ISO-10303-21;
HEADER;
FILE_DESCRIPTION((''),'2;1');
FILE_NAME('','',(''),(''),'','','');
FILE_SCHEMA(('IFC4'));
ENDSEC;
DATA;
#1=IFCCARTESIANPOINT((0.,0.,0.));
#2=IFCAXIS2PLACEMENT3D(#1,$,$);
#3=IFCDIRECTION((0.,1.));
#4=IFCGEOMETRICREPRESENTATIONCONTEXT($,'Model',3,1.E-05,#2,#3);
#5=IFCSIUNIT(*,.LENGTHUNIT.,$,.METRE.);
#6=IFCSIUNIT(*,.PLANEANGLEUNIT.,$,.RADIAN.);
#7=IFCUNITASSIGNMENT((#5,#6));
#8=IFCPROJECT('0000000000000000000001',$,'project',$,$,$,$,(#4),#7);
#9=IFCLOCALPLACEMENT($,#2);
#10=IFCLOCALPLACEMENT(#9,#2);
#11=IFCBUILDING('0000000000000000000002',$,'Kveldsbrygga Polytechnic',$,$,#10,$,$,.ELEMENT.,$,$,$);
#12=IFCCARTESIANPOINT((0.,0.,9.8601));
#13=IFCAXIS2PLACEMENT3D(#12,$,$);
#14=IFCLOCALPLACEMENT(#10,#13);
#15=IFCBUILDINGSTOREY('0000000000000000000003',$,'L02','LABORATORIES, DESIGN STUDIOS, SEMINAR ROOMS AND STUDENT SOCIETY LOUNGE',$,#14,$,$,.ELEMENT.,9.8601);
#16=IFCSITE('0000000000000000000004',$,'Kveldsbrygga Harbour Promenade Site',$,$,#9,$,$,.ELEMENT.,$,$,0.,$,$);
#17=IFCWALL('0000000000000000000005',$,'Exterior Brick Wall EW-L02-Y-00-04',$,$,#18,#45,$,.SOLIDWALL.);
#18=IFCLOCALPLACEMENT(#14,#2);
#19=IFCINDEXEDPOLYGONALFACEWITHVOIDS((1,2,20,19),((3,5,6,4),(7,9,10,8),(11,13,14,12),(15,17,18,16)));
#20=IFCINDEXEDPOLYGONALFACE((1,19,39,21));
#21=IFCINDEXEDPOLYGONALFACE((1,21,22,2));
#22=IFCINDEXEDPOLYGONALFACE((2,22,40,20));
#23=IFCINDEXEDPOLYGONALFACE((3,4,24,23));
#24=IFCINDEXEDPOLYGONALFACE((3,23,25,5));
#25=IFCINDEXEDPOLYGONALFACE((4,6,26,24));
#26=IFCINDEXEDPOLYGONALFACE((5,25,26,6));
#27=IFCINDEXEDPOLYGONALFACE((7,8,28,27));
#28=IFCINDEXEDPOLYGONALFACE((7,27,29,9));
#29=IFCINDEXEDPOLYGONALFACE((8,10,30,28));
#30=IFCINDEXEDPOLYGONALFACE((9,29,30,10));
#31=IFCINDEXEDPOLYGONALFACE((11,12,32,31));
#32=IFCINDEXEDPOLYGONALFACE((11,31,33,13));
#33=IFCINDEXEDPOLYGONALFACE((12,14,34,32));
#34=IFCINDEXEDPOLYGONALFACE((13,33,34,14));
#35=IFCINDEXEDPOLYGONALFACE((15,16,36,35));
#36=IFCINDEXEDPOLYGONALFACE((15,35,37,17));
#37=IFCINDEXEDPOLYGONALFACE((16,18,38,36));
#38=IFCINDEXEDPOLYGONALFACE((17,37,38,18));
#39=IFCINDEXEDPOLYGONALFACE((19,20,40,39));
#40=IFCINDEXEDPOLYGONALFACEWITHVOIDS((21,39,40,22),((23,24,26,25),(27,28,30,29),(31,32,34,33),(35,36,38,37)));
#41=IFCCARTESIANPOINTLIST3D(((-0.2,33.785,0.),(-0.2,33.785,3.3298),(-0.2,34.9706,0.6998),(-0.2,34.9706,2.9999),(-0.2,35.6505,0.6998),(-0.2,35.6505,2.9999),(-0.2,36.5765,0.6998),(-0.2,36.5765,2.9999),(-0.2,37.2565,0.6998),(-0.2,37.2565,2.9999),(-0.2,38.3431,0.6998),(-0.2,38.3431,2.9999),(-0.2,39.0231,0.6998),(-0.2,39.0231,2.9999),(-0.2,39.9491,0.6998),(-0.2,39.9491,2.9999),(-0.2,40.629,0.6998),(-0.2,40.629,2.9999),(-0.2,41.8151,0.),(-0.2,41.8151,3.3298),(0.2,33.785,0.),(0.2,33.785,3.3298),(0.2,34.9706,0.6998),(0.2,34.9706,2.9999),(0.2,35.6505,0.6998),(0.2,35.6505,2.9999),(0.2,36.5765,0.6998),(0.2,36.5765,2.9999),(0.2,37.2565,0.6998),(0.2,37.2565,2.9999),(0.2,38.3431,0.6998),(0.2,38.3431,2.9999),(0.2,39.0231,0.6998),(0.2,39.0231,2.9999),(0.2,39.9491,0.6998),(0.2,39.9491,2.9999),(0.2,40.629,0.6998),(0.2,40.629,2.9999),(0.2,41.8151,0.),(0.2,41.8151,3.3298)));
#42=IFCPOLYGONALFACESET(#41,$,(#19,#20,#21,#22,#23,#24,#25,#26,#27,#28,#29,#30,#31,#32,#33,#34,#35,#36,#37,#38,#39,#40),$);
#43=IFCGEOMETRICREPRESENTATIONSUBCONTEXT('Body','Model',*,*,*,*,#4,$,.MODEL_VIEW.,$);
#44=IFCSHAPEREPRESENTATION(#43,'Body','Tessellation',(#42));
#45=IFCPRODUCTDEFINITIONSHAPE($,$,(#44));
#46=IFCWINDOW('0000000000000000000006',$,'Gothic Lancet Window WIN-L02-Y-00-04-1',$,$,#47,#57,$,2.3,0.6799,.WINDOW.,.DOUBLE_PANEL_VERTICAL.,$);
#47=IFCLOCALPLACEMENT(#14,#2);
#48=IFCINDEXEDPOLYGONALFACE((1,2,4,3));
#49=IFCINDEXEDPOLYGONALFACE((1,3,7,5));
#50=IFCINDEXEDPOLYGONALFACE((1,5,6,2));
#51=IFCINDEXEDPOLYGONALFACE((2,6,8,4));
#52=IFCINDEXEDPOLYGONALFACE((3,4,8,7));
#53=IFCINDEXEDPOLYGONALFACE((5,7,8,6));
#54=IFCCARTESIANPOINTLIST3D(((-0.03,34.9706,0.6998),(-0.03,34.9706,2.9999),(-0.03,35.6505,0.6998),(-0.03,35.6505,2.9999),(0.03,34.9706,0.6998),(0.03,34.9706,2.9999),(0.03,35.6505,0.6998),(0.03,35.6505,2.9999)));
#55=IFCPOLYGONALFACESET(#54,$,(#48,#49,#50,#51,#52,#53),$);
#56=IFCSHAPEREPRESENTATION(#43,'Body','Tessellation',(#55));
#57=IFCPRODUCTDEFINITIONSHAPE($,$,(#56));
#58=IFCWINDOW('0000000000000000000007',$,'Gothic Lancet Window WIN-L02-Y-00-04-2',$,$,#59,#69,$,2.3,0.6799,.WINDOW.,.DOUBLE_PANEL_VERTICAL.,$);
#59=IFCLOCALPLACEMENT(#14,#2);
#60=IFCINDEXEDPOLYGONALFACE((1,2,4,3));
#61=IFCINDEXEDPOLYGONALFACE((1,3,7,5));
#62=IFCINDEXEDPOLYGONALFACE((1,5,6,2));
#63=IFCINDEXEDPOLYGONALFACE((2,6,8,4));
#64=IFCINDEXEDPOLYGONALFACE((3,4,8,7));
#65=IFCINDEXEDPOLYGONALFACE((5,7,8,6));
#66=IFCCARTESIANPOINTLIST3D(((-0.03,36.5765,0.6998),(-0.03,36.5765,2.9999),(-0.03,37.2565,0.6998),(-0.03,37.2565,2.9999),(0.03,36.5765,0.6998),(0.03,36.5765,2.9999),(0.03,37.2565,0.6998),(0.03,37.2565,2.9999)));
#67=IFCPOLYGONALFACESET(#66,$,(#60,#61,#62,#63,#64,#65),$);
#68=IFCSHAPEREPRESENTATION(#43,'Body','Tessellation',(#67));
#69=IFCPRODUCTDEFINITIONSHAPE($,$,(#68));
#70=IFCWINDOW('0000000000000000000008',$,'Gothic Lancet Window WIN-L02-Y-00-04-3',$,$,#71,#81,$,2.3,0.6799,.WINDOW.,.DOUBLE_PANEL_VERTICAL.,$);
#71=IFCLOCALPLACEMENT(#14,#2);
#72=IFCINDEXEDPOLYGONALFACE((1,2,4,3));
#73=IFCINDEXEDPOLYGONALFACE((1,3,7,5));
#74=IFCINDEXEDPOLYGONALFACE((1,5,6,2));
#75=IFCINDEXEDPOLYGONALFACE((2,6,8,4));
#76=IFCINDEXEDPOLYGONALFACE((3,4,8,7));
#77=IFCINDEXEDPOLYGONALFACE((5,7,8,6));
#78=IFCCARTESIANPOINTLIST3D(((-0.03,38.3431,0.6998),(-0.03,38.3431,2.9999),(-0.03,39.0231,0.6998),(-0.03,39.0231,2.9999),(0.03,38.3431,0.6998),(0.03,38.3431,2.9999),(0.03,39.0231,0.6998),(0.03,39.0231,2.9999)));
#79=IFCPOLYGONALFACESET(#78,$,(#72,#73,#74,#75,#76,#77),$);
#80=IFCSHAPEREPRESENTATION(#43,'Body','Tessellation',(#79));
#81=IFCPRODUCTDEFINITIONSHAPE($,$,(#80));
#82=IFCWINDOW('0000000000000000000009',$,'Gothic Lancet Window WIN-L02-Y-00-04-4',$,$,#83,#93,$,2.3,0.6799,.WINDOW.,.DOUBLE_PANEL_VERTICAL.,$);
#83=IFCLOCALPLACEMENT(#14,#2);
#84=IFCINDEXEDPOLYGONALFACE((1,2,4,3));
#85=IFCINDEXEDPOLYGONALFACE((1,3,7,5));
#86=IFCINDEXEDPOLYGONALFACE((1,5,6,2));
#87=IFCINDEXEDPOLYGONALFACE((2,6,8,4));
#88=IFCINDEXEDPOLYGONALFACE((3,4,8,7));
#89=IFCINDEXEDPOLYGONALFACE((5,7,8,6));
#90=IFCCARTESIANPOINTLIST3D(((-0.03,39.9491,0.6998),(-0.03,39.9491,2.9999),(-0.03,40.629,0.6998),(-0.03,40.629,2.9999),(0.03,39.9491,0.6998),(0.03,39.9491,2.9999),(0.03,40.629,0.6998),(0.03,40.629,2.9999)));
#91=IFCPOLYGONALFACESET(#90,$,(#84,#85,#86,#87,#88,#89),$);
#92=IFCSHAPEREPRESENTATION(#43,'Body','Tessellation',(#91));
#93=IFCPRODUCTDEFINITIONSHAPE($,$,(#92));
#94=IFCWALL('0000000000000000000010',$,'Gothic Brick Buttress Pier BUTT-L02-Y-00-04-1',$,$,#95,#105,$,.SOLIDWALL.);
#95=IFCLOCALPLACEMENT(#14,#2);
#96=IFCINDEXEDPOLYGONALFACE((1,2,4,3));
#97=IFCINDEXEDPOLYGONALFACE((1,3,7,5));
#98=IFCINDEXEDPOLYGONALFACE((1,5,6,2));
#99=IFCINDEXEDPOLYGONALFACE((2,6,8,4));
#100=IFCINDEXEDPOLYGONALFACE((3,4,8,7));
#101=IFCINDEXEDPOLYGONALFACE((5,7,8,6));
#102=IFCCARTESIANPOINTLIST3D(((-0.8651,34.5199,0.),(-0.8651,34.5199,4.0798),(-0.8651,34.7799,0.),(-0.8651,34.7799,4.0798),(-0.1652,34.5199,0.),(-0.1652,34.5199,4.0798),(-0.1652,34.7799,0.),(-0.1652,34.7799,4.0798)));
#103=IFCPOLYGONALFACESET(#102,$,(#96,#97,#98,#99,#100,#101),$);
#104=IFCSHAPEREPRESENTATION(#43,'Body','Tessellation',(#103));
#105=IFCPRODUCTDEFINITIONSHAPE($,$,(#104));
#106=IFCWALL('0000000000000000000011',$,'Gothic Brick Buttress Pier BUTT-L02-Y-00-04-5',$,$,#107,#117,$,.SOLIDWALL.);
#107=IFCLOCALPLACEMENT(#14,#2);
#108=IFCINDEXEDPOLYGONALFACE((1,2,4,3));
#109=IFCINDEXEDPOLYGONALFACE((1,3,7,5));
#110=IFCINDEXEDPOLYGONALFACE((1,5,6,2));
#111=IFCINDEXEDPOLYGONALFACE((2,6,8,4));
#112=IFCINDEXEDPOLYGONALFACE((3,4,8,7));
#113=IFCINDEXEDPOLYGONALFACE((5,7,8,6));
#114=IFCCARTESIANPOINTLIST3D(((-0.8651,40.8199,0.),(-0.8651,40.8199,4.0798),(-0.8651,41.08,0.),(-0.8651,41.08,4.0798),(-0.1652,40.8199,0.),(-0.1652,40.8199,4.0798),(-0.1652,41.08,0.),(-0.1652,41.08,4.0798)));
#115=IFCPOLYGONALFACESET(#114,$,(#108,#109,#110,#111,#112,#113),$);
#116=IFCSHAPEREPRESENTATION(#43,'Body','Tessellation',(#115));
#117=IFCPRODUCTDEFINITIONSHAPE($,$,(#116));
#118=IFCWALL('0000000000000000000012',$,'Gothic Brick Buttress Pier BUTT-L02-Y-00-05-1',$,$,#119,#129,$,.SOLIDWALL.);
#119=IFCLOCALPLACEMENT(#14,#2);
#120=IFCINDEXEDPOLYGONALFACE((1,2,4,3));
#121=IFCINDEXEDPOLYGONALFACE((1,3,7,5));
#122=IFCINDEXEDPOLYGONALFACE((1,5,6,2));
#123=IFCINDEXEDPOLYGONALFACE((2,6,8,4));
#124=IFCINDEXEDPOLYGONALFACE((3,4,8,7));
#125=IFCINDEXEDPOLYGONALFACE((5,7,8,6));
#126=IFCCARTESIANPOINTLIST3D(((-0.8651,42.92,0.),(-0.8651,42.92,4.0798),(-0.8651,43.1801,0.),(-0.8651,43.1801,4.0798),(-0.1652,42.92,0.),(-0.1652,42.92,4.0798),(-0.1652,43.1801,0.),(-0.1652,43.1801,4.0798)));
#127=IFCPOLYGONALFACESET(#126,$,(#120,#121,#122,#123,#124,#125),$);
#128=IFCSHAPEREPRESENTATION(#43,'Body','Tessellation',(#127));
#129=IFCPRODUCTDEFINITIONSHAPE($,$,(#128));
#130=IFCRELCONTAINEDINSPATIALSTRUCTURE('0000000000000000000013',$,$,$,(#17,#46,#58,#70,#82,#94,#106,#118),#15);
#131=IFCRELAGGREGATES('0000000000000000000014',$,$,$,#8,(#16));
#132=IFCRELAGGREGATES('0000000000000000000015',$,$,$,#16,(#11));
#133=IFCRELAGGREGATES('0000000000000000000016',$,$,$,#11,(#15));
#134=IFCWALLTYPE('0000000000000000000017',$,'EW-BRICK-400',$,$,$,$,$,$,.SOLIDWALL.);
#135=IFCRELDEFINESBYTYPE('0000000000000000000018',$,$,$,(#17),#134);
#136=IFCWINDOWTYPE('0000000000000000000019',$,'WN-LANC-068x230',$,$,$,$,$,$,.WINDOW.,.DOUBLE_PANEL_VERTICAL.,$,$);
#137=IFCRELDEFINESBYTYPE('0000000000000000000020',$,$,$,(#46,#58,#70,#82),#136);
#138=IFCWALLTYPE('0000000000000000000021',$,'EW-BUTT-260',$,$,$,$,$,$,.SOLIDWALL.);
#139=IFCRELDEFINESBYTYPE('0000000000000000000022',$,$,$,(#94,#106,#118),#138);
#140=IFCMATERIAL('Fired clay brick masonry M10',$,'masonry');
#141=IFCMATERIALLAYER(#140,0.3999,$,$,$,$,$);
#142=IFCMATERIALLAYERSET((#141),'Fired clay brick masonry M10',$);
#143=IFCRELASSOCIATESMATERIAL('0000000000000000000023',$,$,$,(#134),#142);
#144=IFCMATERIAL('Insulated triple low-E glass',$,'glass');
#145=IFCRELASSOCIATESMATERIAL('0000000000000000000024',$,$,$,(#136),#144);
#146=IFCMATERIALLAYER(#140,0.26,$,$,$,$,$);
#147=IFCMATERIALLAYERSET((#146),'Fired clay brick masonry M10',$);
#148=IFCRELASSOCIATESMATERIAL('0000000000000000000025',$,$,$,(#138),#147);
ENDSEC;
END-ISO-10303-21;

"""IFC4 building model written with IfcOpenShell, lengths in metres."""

from ifc_helpers import new_model, si_unit, direction, frame, frame_2d, origin, place, context, subcontext, project, spatial, rectangle, extrude, material, layer, layer_set, type_object, element, fill, save


model = new_model("IFC4")

# Units and contexts
model_context = context("Model", 3, precision=1e-05, world=origin(), true_north=direction((0.0, 1.0)))
body_context = subcontext(model_context, "Body", "Model", "MODEL_VIEW")
ifc_project = project(units=[si_unit("LENGTHUNIT", "METRE"), si_unit("PLANEANGLEUNIT", "RADIAN")], contexts=[model_context])

# Site, building, storey
site_placement = place(None, origin())
site = spatial("IfcSite", under=ifc_project, at=site_placement, Name="Kveldsbrygga Harbour Promenade Site", CompositionType="ELEMENT", RefElevation=0.0)
building_placement = place(site_placement, origin())
building = spatial("IfcBuilding", under=site, at=building_placement, Name="Kveldsbrygga Polytechnic", CompositionType="ELEMENT")
storey_placement = place(building_placement, frame((0.0, 0.0, 9.8601)))
storey = spatial("IfcBuildingStorey", under=building, at=storey_placement, Name="L02", Description="LABORATORIES, DESIGN STUDIOS, SEMINAR ROOMS AND STUDENT SOCIETY LOUNGE", CompositionType="ELEMENT", Elevation=9.8601)

# Wall, openings, windows
ifc_material_1 = material(Name="Fired clay brick masonry M10", Category="masonry")
ifc_material_2 = material(Name="Insulated triple low-E glass", Category="glass")
ifc_layer_1 = layer(ifc_material_1, 0.3999)
ifc_layer_set_1 = layer_set([ifc_layer_1], Name="Fired clay brick masonry M10")
wall_type_1 = type_object("IfcWallType", Name="EW-BRICK-400", PredefinedType="SOLIDWALL", material=ifc_layer_set_1)
wall_1_placement = place(storey_placement, frame((0.0, 33.7849, 0.0), z_axis=(0.0, 0.0, 1.0), x_axis=(0.0, 1.0, 0.0)))
wall_1 = element("IfcWall", 1, at=wall_1_placement, inside=storey, type_object=wall_type_1, Name="Exterior Brick Wall EW-L02-Y-00-04", PredefinedType="SOLIDWALL", context=body_context, shape_type="SweptSolid", body=[
    extrude(rectangle(XDim=8.03, YDim=0.3999, at=frame_2d((4.0151, 0.0))), origin(), (0.0, 0.0, 1.0), 3.3298),
])
opening_1_placement = place(wall_1_placement, frame((1.1858, 0.0, 0.7)))
opening_1 = element("IfcOpeningElement", 2, at=opening_1_placement, cuts=wall_1, PredefinedType="OPENING", context=body_context, shape_type="SweptSolid", body=[
    extrude(rectangle(XDim=0.6799, YDim=2.3, at=frame_2d((0.3398, 1.1499))), frame((0.0, 0.21, 0.0), z_axis=(0.0, -1.0, 0.0), x_axis=(1.0, 0.0, 0.0)), (0.0, 0.0, 1.0), 0.4199),
])
opening_2_placement = place(wall_1_placement, frame((2.7917, 0.0, 0.7)))
opening_2 = element("IfcOpeningElement", 3, at=opening_2_placement, cuts=wall_1, PredefinedType="OPENING", context=body_context, shape_type="SweptSolid", body=[
    extrude(rectangle(XDim=0.6799, YDim=2.3, at=frame_2d((0.3398, 1.1499))), frame((0.0, 0.21, 0.0), z_axis=(0.0, -1.0, 0.0), x_axis=(1.0, 0.0, 0.0)), (0.0, 0.0, 1.0), 0.4199),
])
opening_3_placement = place(wall_1_placement, frame((4.5583, 0.0, 0.7)))
opening_3 = element("IfcOpeningElement", 4, at=opening_3_placement, cuts=wall_1, PredefinedType="OPENING", context=body_context, shape_type="SweptSolid", body=[
    extrude(rectangle(XDim=0.6799, YDim=2.3, at=frame_2d((0.3398, 1.1499))), frame((0.0, 0.21, 0.0), z_axis=(0.0, -1.0, 0.0), x_axis=(1.0, 0.0, 0.0)), (0.0, 0.0, 1.0), 0.4199),
])
opening_4_placement = place(wall_1_placement, frame((6.1643, 0.0, 0.7)))
opening_4 = element("IfcOpeningElement", 5, at=opening_4_placement, cuts=wall_1, PredefinedType="OPENING", context=body_context, shape_type="SweptSolid", body=[
    extrude(rectangle(XDim=0.6799, YDim=2.3, at=frame_2d((0.3398, 1.1499))), frame((0.0, 0.21, 0.0), z_axis=(0.0, -1.0, 0.0), x_axis=(1.0, 0.0, 0.0)), (0.0, 0.0, 1.0), 0.4199),
])
window_type_1 = type_object("IfcWindowType", Name="WN-LANC-068x230", PartitioningType="DOUBLE_PANEL_VERTICAL", PredefinedType="WINDOW", material=ifc_material_2)
window_1_placement = place(opening_1_placement, origin())
window_1 = element("IfcWindow", 6, at=window_1_placement, inside=storey, type_object=window_type_1, Name="Gothic Lancet Window WIN-L02-Y-00-04-1", OverallHeight=2.3, OverallWidth=0.6799, PartitioningType="DOUBLE_PANEL_VERTICAL", PredefinedType="WINDOW", context=body_context, shape_type="SweptSolid", body=[
    extrude(rectangle(XDim=0.6799, YDim=2.3, at=frame_2d((0.3398, 1.1499))), frame((0.0, 0.03, 0.0), z_axis=(0.0, -1.0, 0.0), x_axis=(1.0, 0.0, 0.0)), (0.0, 0.0, 1.0), 0.0601),
])
fill(opening_1, window_1)
window_2_placement = place(opening_2_placement, origin())
window_2 = element("IfcWindow", 7, at=window_2_placement, inside=storey, type_object=window_type_1, Name="Gothic Lancet Window WIN-L02-Y-00-04-2", OverallHeight=2.3, OverallWidth=0.6799, PartitioningType="DOUBLE_PANEL_VERTICAL", PredefinedType="WINDOW", context=body_context, shape_type="SweptSolid", body=[
    extrude(rectangle(XDim=0.6799, YDim=2.3, at=frame_2d((0.3398, 1.1499))), frame((0.0, 0.03, 0.0), z_axis=(0.0, -1.0, 0.0), x_axis=(1.0, 0.0, 0.0)), (0.0, 0.0, 1.0), 0.0601),
])
fill(opening_2, window_2)
window_3_placement = place(opening_3_placement, origin())
window_3 = element("IfcWindow", 8, at=window_3_placement, inside=storey, type_object=window_type_1, Name="Gothic Lancet Window WIN-L02-Y-00-04-3", OverallHeight=2.3, OverallWidth=0.6799, PartitioningType="DOUBLE_PANEL_VERTICAL", PredefinedType="WINDOW", context=body_context, shape_type="SweptSolid", body=[
    extrude(rectangle(XDim=0.6799, YDim=2.3, at=frame_2d((0.3398, 1.1499))), frame((0.0, 0.03, 0.0), z_axis=(0.0, -1.0, 0.0), x_axis=(1.0, 0.0, 0.0)), (0.0, 0.0, 1.0), 0.0601),
])
fill(opening_3, window_3)
window_4_placement = place(opening_4_placement, origin())
window_4 = element("IfcWindow", 9, at=window_4_placement, inside=storey, type_object=window_type_1, Name="Gothic Lancet Window WIN-L02-Y-00-04-4", OverallHeight=2.3, OverallWidth=0.6799, PartitioningType="DOUBLE_PANEL_VERTICAL", PredefinedType="WINDOW", context=body_context, shape_type="SweptSolid", body=[
    extrude(rectangle(XDim=0.6799, YDim=2.3, at=frame_2d((0.3398, 1.1499))), frame((0.0, 0.03, 0.0), z_axis=(0.0, -1.0, 0.0), x_axis=(1.0, 0.0, 0.0)), (0.0, 0.0, 1.0), 0.0601),
])
fill(opening_4, window_4)

# Walls
ifc_layer_2 = layer(ifc_material_1, 0.26)
ifc_layer_set_2 = layer_set([ifc_layer_2], Name="Fired clay brick masonry M10")
wall_type_2 = type_object("IfcWallType", Name="EW-BUTT-260", PredefinedType="SOLIDWALL", material=ifc_layer_set_2)
for number, where, z_axis, x_axis, name in (
    (10, (-0.165, 34.6499, 0.0), (0.0, 0.0, 1.0), (-1.0, 0.0, 0.0), "Gothic Brick Buttress Pier BUTT-L02-Y-00-04-1"),
    (11, (-0.165, 40.95, 0.0), (0.0, 0.0, 1.0), (-1.0, 0.0, 0.0), "Gothic Brick Buttress Pier BUTT-L02-Y-00-04-5"),
    (12, (-0.165, 43.05, 0.0), (0.0, 0.0, 1.0), (-1.0, 0.0, 0.0), "Gothic Brick Buttress Pier BUTT-L02-Y-00-05-1"),
):
    element("IfcWall", number, at=place(storey_placement, frame(where, z_axis=z_axis, x_axis=x_axis)), inside=storey, type_object=wall_type_2, Name=name, PredefinedType="SOLIDWALL", context=body_context, shape_type="SweptSolid", body=[
        extrude(rectangle(XDim=0.7, YDim=0.26, at=frame_2d((0.3501, 0.0))), origin(), (0.0, 0.0, 1.0), 4.0798),
    ])

save(model, "model.ifc")
